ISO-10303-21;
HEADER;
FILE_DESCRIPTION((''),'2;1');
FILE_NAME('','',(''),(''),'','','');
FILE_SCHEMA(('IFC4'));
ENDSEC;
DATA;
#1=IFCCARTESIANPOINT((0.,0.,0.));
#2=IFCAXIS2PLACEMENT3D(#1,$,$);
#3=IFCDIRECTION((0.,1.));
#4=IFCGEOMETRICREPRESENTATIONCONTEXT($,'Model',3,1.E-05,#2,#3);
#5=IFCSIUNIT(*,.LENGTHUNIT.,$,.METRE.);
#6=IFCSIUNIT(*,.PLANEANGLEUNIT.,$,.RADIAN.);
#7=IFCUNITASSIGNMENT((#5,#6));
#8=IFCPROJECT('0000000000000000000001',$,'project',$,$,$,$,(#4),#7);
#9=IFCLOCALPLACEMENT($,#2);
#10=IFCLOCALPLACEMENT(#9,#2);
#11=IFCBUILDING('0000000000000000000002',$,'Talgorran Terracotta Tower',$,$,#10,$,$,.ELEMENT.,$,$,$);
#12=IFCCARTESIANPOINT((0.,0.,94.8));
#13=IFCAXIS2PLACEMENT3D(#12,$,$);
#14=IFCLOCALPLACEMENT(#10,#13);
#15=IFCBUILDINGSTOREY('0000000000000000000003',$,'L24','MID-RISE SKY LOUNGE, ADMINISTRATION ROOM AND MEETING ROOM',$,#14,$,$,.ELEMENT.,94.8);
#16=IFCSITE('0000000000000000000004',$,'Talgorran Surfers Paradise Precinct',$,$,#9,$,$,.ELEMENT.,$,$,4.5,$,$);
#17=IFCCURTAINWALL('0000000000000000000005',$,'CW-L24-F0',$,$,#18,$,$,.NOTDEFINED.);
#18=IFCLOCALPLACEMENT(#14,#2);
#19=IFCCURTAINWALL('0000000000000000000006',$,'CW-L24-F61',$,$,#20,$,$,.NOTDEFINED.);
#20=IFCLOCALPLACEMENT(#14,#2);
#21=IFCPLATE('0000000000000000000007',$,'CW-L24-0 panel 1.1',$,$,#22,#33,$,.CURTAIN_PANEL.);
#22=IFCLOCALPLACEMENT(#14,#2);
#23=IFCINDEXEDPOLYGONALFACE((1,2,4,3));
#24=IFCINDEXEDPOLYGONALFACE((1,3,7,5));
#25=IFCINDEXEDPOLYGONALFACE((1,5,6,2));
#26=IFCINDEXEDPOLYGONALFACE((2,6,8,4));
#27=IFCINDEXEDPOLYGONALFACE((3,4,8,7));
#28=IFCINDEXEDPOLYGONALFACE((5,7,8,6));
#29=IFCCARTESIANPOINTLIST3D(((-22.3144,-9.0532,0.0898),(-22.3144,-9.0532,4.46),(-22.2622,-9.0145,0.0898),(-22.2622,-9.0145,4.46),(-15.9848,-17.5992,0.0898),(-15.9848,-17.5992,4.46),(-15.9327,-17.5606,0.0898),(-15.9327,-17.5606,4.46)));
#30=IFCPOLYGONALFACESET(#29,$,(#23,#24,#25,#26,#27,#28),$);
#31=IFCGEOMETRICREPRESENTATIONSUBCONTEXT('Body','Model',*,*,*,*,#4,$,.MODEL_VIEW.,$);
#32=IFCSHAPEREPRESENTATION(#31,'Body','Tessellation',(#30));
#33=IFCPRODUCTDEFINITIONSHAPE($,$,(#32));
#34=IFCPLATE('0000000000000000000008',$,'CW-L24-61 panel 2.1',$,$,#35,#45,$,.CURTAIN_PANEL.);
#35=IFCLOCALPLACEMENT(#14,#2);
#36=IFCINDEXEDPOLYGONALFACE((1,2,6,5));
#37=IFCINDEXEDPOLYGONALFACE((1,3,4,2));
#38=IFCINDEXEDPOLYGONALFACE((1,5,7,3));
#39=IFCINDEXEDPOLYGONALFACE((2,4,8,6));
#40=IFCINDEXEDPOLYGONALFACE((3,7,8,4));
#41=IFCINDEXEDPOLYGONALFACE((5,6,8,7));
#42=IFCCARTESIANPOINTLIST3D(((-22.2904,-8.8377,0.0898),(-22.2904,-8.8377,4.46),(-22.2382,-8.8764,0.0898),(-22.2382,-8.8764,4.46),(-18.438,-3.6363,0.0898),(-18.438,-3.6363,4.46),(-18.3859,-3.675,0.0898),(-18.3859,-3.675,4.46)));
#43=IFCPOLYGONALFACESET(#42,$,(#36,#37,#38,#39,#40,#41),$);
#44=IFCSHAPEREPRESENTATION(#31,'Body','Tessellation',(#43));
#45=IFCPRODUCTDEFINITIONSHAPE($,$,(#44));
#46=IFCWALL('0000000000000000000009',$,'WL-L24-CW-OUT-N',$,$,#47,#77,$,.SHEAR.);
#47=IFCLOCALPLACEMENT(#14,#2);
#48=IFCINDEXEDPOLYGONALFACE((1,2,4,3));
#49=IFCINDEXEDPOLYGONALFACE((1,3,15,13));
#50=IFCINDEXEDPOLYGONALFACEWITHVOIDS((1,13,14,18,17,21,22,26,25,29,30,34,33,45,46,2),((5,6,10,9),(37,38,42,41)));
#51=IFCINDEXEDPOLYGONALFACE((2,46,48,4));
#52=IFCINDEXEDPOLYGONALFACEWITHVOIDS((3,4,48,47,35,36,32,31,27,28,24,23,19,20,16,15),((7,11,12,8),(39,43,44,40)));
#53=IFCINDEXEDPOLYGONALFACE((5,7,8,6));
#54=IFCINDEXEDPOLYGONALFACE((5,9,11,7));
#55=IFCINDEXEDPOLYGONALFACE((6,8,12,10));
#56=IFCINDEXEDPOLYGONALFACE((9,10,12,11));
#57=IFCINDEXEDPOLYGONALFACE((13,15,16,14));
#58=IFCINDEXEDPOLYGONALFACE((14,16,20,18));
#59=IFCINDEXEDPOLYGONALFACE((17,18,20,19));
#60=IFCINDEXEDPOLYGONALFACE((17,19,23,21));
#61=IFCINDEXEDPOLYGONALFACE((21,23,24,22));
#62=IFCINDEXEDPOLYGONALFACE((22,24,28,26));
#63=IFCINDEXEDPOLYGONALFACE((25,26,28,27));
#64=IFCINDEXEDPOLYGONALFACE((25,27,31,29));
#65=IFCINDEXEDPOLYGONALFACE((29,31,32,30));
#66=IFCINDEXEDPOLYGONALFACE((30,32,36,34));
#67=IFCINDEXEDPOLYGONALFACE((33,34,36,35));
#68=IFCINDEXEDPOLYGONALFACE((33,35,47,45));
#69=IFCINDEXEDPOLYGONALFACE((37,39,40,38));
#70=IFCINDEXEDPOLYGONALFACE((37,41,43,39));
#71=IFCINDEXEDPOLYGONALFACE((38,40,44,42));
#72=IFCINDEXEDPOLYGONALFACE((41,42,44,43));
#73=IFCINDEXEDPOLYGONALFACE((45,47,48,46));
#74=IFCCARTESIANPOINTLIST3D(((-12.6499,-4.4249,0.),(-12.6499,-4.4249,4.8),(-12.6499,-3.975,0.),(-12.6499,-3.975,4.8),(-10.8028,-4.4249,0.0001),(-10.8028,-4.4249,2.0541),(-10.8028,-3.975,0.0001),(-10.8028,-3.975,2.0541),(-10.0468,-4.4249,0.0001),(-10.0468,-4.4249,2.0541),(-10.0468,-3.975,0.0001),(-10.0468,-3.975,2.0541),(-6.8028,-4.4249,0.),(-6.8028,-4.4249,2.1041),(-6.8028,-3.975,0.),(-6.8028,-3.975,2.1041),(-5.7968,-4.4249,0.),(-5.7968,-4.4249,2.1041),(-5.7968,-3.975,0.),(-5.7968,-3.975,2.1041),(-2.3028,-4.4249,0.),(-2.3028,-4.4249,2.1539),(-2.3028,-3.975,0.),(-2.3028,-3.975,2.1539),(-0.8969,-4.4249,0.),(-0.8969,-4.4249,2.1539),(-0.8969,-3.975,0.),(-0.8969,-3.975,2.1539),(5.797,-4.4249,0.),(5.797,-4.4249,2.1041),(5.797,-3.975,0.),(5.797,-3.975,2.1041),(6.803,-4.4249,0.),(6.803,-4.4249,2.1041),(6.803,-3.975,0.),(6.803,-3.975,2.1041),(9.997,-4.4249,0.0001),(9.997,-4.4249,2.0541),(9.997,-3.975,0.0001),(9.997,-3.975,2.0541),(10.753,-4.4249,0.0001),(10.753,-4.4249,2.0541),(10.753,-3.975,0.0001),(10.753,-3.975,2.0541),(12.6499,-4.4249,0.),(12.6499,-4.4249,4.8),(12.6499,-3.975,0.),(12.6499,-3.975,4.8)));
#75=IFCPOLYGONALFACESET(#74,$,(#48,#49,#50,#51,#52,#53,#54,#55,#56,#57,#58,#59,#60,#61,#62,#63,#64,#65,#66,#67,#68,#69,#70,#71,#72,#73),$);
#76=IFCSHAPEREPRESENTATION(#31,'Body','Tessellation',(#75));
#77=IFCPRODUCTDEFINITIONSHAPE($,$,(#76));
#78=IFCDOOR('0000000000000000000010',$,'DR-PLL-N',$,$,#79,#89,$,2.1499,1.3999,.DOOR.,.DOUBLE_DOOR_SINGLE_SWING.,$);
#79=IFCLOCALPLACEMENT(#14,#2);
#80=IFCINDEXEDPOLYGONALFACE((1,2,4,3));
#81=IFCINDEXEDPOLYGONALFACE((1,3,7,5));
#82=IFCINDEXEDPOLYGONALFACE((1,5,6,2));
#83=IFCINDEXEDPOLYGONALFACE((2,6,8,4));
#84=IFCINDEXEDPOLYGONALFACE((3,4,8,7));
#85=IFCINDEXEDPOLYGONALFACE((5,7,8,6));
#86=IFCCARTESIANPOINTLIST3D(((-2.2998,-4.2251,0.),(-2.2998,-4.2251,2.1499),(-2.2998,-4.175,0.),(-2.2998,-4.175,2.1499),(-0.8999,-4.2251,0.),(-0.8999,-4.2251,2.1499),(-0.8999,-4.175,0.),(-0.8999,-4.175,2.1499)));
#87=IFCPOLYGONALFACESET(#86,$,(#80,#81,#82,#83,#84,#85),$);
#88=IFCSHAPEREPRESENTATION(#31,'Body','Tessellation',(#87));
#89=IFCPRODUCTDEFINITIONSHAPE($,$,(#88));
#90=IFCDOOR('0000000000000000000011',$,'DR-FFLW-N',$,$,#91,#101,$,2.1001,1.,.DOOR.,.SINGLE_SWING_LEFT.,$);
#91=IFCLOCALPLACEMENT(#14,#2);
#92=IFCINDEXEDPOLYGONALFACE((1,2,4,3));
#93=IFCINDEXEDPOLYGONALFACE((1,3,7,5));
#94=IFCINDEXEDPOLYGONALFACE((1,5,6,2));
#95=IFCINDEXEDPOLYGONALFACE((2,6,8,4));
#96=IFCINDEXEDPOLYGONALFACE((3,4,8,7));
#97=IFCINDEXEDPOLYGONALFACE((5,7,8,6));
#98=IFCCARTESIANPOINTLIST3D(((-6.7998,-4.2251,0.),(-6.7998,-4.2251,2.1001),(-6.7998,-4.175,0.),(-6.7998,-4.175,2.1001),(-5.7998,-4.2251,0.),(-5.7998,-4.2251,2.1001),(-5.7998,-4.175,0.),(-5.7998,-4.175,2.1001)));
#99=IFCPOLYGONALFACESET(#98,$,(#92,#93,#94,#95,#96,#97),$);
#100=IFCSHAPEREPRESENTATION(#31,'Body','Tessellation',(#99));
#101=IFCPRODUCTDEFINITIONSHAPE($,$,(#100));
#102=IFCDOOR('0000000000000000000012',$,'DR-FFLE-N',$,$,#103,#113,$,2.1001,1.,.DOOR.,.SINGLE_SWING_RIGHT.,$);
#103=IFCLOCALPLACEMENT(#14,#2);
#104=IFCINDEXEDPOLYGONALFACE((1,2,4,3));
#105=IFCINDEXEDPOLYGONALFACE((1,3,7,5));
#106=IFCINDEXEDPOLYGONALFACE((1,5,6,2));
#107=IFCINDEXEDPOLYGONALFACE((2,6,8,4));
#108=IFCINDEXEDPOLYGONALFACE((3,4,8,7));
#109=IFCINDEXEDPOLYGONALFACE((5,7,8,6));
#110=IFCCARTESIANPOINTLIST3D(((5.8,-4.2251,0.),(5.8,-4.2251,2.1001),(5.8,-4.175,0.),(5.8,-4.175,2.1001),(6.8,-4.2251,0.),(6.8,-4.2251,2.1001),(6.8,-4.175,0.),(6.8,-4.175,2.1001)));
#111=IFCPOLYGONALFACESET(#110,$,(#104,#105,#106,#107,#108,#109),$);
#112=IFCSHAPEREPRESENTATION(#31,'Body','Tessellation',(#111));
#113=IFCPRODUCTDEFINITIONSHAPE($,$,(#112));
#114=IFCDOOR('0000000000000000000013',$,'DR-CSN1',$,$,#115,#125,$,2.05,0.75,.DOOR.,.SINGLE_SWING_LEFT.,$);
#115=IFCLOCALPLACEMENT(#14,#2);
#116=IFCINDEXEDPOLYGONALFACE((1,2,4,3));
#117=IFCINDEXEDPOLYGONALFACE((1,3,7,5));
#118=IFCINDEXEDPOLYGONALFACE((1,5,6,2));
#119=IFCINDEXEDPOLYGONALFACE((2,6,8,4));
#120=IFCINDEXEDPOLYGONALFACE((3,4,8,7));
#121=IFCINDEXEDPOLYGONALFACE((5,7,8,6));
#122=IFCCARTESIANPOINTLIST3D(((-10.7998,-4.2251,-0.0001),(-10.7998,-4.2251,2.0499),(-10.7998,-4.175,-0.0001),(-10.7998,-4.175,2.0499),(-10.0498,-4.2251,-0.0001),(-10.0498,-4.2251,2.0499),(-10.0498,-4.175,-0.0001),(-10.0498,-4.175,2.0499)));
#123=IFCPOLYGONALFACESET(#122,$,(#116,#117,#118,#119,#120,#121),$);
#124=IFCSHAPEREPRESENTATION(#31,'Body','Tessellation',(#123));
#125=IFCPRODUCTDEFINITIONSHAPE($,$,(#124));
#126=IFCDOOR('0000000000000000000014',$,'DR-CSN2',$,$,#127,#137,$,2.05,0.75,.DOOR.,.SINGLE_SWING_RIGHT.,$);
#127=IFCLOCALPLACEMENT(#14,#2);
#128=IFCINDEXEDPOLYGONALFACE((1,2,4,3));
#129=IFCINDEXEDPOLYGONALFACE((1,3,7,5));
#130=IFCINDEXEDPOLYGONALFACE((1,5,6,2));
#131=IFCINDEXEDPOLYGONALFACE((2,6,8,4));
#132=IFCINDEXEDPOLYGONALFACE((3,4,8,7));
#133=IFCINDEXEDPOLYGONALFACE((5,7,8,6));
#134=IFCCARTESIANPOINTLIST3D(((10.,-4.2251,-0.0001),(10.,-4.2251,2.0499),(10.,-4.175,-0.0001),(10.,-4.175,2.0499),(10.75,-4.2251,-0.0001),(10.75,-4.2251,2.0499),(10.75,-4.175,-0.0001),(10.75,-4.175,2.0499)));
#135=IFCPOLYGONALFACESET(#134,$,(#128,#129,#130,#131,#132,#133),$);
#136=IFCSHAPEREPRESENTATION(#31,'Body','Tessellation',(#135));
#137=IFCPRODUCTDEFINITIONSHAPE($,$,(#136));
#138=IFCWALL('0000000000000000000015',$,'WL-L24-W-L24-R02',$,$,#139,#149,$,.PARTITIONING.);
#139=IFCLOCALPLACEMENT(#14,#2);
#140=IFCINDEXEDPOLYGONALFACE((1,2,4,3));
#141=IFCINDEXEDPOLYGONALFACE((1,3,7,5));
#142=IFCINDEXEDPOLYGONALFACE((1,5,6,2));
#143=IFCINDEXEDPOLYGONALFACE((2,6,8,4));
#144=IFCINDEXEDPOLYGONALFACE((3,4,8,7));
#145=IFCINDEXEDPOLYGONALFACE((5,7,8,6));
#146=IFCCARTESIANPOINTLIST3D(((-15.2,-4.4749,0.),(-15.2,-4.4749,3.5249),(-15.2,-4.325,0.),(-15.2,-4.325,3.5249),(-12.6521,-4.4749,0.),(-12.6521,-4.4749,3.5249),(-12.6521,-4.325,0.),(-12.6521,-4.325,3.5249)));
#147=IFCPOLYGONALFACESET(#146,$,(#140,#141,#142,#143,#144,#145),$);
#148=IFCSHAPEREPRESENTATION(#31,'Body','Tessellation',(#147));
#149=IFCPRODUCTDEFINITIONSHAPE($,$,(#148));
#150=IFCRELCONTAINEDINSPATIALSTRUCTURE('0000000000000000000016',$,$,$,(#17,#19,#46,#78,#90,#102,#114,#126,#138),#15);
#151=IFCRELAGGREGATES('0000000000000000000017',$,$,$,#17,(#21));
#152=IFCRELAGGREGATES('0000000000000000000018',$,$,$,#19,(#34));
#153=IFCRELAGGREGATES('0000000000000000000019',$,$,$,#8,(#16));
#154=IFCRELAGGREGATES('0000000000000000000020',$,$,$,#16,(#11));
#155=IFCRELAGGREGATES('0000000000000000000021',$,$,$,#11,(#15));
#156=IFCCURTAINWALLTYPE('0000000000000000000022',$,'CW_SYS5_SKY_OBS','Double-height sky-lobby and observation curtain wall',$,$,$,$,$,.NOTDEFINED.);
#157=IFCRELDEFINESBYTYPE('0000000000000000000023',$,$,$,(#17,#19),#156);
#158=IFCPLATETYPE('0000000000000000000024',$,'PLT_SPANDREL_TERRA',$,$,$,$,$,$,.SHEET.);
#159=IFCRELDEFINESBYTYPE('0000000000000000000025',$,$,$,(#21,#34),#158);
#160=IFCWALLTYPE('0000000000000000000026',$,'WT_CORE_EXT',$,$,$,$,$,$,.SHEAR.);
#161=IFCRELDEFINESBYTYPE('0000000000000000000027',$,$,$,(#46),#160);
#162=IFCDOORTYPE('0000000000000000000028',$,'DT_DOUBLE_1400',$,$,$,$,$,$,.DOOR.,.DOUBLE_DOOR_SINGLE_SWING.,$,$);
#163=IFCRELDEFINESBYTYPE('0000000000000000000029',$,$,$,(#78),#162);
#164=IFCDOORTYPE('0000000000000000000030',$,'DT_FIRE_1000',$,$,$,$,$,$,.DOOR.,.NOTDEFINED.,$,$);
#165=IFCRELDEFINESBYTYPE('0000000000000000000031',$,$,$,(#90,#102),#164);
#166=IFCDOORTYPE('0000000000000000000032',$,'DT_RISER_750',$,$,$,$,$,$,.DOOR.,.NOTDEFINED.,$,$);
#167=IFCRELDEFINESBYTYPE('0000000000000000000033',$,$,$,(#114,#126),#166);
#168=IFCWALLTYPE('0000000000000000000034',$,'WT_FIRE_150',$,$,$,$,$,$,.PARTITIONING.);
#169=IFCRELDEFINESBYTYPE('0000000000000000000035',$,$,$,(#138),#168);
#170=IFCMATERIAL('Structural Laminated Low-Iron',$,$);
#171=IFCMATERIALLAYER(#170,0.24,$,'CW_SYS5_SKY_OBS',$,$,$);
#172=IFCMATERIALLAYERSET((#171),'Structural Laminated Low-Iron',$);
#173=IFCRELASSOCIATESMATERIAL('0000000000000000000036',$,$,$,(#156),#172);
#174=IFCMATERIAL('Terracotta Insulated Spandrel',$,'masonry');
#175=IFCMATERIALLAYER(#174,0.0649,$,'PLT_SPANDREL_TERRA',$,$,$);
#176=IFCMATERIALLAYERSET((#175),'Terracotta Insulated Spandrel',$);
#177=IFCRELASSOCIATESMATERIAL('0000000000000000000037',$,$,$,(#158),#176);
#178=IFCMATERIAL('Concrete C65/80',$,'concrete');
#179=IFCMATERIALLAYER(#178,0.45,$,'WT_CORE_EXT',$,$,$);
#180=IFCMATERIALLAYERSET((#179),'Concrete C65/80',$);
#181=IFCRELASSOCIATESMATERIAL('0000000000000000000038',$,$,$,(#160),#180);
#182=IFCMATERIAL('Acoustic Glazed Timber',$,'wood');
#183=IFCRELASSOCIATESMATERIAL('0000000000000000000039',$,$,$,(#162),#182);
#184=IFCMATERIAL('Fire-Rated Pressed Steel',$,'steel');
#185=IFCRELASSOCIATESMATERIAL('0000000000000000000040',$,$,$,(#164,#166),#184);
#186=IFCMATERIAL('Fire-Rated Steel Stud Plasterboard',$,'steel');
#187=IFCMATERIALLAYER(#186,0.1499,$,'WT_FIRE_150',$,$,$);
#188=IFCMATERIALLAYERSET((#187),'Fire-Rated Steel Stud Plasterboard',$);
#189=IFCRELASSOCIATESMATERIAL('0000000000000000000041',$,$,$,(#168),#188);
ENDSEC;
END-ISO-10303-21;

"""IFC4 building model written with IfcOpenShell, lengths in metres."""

from ifc_helpers import new_model, si_unit, direction, frame, frame_2d, origin, origin_2d, place, context, subcontext, project, spatial, rectangle, extrude, source, transform, mapped, material, layer, layer_set, type_object, type_shapes, element, fill, aggregate, save


model = new_model("IFC4")

# Units and contexts
model_context = context("Model", 3, precision=1e-05, world=origin(), true_north=direction((0.0, 1.0)))
body_context = subcontext(model_context, "Body", "Model", "MODEL_VIEW")
ifc_project = project(units=[si_unit("LENGTHUNIT", "METRE"), si_unit("PLANEANGLEUNIT", "RADIAN")], contexts=[model_context])

# Site, building, storey
site_placement = place(None, origin())
site = spatial("IfcSite", under=ifc_project, at=site_placement, Name="Talgorran Surfers Paradise Precinct", CompositionType="ELEMENT", RefElevation=4.5)
building_placement = place(site_placement, origin())
building = spatial("IfcBuilding", under=site, at=building_placement, Name="Talgorran Terracotta Tower", CompositionType="ELEMENT")
storey_placement = place(building_placement, frame((0.0, 0.0, 94.8)))
storey = spatial("IfcBuildingStorey", under=building, at=storey_placement, Name="L24", Description="MID-RISE SKY LOUNGE, ADMINISTRATION ROOM AND MEETING ROOM", CompositionType="ELEMENT", Elevation=94.8)

# Curtain walls
ifc_material_1 = material(Name="Structural Laminated Low-Iron")
ifc_layer_1 = layer(ifc_material_1, 0.24, Name="CW_SYS5_SKY_OBS")
ifc_layer_set_1 = layer_set([ifc_layer_1], Name="Structural Laminated Low-Iron")
curtain_wall_type = type_object("IfcCurtainWallType", Name="CW_SYS5_SKY_OBS", Description="Double-height sky-lobby and observation curtain wall", PredefinedType="NOTDEFINED", material=ifc_layer_set_1)
curtain_wall_1_placement = place(storey_placement, origin())
curtain_wall_1 = element("IfcCurtainWall", 1, at=curtain_wall_1_placement, inside=storey, type_object=curtain_wall_type, Name="CW-L24-F0", PredefinedType="NOTDEFINED")
curtain_wall_2_placement = place(storey_placement, origin())
curtain_wall_2 = element("IfcCurtainWall", 2, at=curtain_wall_2_placement, inside=storey, type_object=curtain_wall_type, Name="CW-L24-F61", PredefinedType="NOTDEFINED")

# Plates
ifc_material_2 = material(Name="Terracotta Insulated Spandrel", Category="masonry")
ifc_layer_2 = layer(ifc_material_2, 0.0649, Name="PLT_SPANDREL_TERRA")
ifc_layer_set_2 = layer_set([ifc_layer_2], Name="Terracotta Insulated Spandrel")
plate_type_1 = type_object("IfcPlateType", Name="PLT_SPANDREL_TERRA", PredefinedType="SHEET", material=ifc_layer_set_2)
shared_shape_1 = source(origin(), body_context, "Body", "SweptSolid", [
    extrude(rectangle(XDim=10.6348, YDim=0.0649, at=origin_2d()), origin(), (0.0, 0.0, 1.0), 4.3701),
])
plate_1_placement = place(storey_placement, frame((-19.1235, -13.3069, 0.0898), z_axis=(0.0, 0.0, 1.0), x_axis=(0.595176, -0.803595, 0.0)))
plate_1 = element("IfcPlate", 3, at=plate_1_placement, type_object=plate_type_1, Name="CW-L24-0 panel 1.1", PredefinedType="CURTAIN_PANEL", context=body_context, shape_type="MappedRepresentation", body=[
    mapped(shared_shape_1, transform((0.0, 0.0, 0.0), scale=1.0)),
])
aggregate(curtain_wall_1, [plate_1])
shared_shape_2 = source(origin(), body_context, "Body", "SweptSolid", [
    extrude(rectangle(XDim=6.4727, YDim=0.0649, at=origin_2d()), origin(), (0.0, 0.0, 1.0), 4.3701),
])
type_shapes(plate_type_1, [shared_shape_1, shared_shape_2])
plate_2_placement = place(storey_placement, frame((-20.3381, -6.2563, 0.0898), z_axis=(0.0, 0.0, 1.0), x_axis=(-0.595178, -0.803594, 0.0)))
plate_2 = element("IfcPlate", 4, at=plate_2_placement, type_object=plate_type_1, Name="CW-L24-61 panel 2.1", PredefinedType="CURTAIN_PANEL", context=body_context, shape_type="MappedRepresentation", body=[
    mapped(shared_shape_2, transform((0.0, 0.0, 0.0), scale=1.0)),
])
aggregate(curtain_wall_2, [plate_2])

# Wall, openings, doors
ifc_material_3 = material(Name="Concrete C65/80", Category="concrete")
ifc_layer_3 = layer(ifc_material_3, 0.45, Name="WT_CORE_EXT")
ifc_layer_set_3 = layer_set([ifc_layer_3], Name="Concrete C65/80")
wall_type_1 = type_object("IfcWallType", Name="WT_CORE_EXT", PredefinedType="SHEAR", material=ifc_layer_set_3)
wall_1_placement = place(storey_placement, frame((-12.6499, -4.2, 0.0), z_axis=(0.0, 0.0, 1.0), x_axis=(1.0, 0.0, 0.0)))
wall_1 = element("IfcWall", 5, at=wall_1_placement, inside=storey, type_object=wall_type_1, Name="WL-L24-CW-OUT-N", PredefinedType="SHEAR", context=body_context, shape_type="SweptSolid", body=[
    extrude(rectangle(XDim=25.2998, YDim=0.45, at=frame_2d((12.6499, 0.0))), origin(), (0.0, 0.0, 1.0), 4.8),
])
opening_1_placement = place(wall_1_placement, frame((1.8501, 0.0, 0.0)))
opening_1 = element("IfcOpeningElement", 6, at=opening_1_placement, cuts=wall_1, PredefinedType="OPENING", context=body_context, shape_type="SweptSolid", body=[
    extrude(rectangle(XDim=0.756, YDim=2.054, at=frame_2d((0.375, 1.0271))), frame((0.0, 0.2349, 0.0), z_axis=(0.0, -1.0, 0.0), x_axis=(1.0, 0.0, 0.0)), (0.0, 0.0, 1.0), 0.47),
])
opening_2_placement = place(wall_1_placement, frame((22.6499, 0.0, 0.0)))
opening_2 = element("IfcOpeningElement", 7, at=opening_2_placement, cuts=wall_1, PredefinedType="OPENING", context=body_context, shape_type="SweptSolid", body=[
    extrude(rectangle(XDim=0.756, YDim=2.054, at=frame_2d((0.375, 1.0271))), frame((0.0, 0.2349, 0.0), z_axis=(0.0, -1.0, 0.0), x_axis=(1.0, 0.0, 0.0)), (0.0, 0.0, 1.0), 0.47),
])
opening_3_placement = place(wall_1_placement, frame((5.8501, 0.0, 0.0)))
opening_3 = element("IfcOpeningElement", 8, at=opening_3_placement, cuts=wall_1, PredefinedType="OPENING", context=body_context, shape_type="SweptSolid", body=[
    extrude(rectangle(XDim=1.006, YDim=2.1041, at=frame_2d((0.5, 1.052))), frame((0.0, 0.2349, 0.0), z_axis=(0.0, -1.0, 0.0), x_axis=(1.0, 0.0, 0.0)), (0.0, 0.0, 1.0), 0.47),
])
opening_4_placement = place(wall_1_placement, frame((10.3501, 0.0, 0.0)))
opening_4 = element("IfcOpeningElement", 9, at=opening_4_placement, cuts=wall_1, PredefinedType="OPENING", context=body_context, shape_type="SweptSolid", body=[
    extrude(rectangle(XDim=1.4059, YDim=2.1539, at=frame_2d((0.7, 1.0769))), frame((0.0, 0.2349, 0.0), z_axis=(0.0, -1.0, 0.0), x_axis=(1.0, 0.0, 0.0)), (0.0, 0.0, 1.0), 0.47),
])
opening_5_placement = place(wall_1_placement, frame((18.45, 0.0, 0.0)))
opening_5 = element("IfcOpeningElement", 10, at=opening_5_placement, cuts=wall_1, PredefinedType="OPENING", context=body_context, shape_type="SweptSolid", body=[
    extrude(rectangle(XDim=1.006, YDim=2.1041, at=frame_2d((0.5, 1.052))), frame((0.0, 0.2349, 0.0), z_axis=(0.0, -1.0, 0.0), x_axis=(1.0, 0.0, 0.0)), (0.0, 0.0, 1.0), 0.47),
])
ifc_material_4 = material(Name="Acoustic Glazed Timber", Category="wood")
door_type_1 = type_object("IfcDoorType", Name="DT_DOUBLE_1400", OperationType="DOUBLE_DOOR_SINGLE_SWING", PredefinedType="DOOR", material=ifc_material_4)
door_1_placement = place(opening_4_placement, origin())
door_1 = element("IfcDoor", 11, at=door_1_placement, inside=storey, type_object=door_type_1, Name="DR-PLL-N", OperationType="DOUBLE_DOOR_SINGLE_SWING", OverallHeight=2.1499, OverallWidth=1.3999, PredefinedType="DOOR", context=body_context, shape_type="SweptSolid", body=[
    extrude(rectangle(XDim=1.3999, YDim=2.1499, at=frame_2d((0.7, 1.075))), frame((0.0, 0.0249, 0.0), z_axis=(0.0, -1.0, 0.0), x_axis=(1.0, 0.0, 0.0)), (0.0, 0.0, 1.0), 0.05),
])
fill(opening_4, door_1)
ifc_material_5 = material(Name="Fire-Rated Pressed Steel", Category="steel")
door_type_2 = type_object("IfcDoorType", Name="DT_FIRE_1000", OperationType="NOTDEFINED", PredefinedType="DOOR", material=ifc_material_5)
door_2_placement = place(opening_3_placement, origin())
door_2 = element("IfcDoor", 12, at=door_2_placement, inside=storey, type_object=door_type_2, Name="DR-FFLW-N", OperationType="SINGLE_SWING_LEFT", OverallHeight=2.1001, OverallWidth=1.0, PredefinedType="DOOR", context=body_context, shape_type="SweptSolid", body=[
    extrude(rectangle(XDim=1.0, YDim=2.1001, at=frame_2d((0.5, 1.05))), frame((0.0, 0.0249, 0.0), z_axis=(0.0, -1.0, 0.0), x_axis=(1.0, 0.0, 0.0)), (0.0, 0.0, 1.0), 0.05),
])
fill(opening_3, door_2)
door_3_placement = place(opening_5_placement, origin())
door_3 = element("IfcDoor", 13, at=door_3_placement, inside=storey, type_object=door_type_2, Name="DR-FFLE-N", OperationType="SINGLE_SWING_RIGHT", OverallHeight=2.1001, OverallWidth=1.0, PredefinedType="DOOR", context=body_context, shape_type="SweptSolid", body=[
    extrude(rectangle(XDim=1.0, YDim=2.1001, at=frame_2d((0.5, 1.05))), frame((0.0, 0.0249, 0.0), z_axis=(0.0, -1.0, 0.0), x_axis=(1.0, 0.0, 0.0)), (0.0, 0.0, 1.0), 0.05),
])
fill(opening_5, door_3)
door_type_3 = type_object("IfcDoorType", Name="DT_RISER_750", OperationType="NOTDEFINED", PredefinedType="DOOR", material=ifc_material_5)
door_4_placement = place(opening_1_placement, origin())
door_4 = element("IfcDoor", 14, at=door_4_placement, inside=storey, type_object=door_type_3, Name="DR-CSN1", OperationType="SINGLE_SWING_LEFT", OverallHeight=2.05, OverallWidth=0.75, PredefinedType="DOOR", context=body_context, shape_type="SweptSolid", body=[
    extrude(rectangle(XDim=0.75, YDim=2.05, at=frame_2d((0.375, 1.0249))), frame((0.0, 0.0249, 0.0), z_axis=(0.0, -1.0, 0.0), x_axis=(1.0, 0.0, 0.0)), (0.0, 0.0, 1.0), 0.05),
])
fill(opening_1, door_4)
door_5_placement = place(opening_2_placement, origin())
door_5 = element("IfcDoor", 15, at=door_5_placement, inside=storey, type_object=door_type_3, Name="DR-CSN2", OperationType="SINGLE_SWING_RIGHT", OverallHeight=2.05, OverallWidth=0.75, PredefinedType="DOOR", context=body_context, shape_type="SweptSolid", body=[
    extrude(rectangle(XDim=0.75, YDim=2.05, at=frame_2d((0.375, 1.0249))), frame((0.0, 0.0249, 0.0), z_axis=(0.0, -1.0, 0.0), x_axis=(1.0, 0.0, 0.0)), (0.0, 0.0, 1.0), 0.05),
])
fill(opening_2, door_5)

# Wall
ifc_material_6 = material(Name="Fire-Rated Steel Stud Plasterboard", Category="steel")
ifc_layer_4 = layer(ifc_material_6, 0.1499, Name="WT_FIRE_150")
ifc_layer_set_4 = layer_set([ifc_layer_4], Name="Fire-Rated Steel Stud Plasterboard")
wall_type_2 = type_object("IfcWallType", Name="WT_FIRE_150", PredefinedType="PARTITIONING", material=ifc_layer_set_4)
wall_2_placement = place(storey_placement, frame((-15.2, -4.3999, 0.0), z_axis=(0.0, 0.0, 1.0), x_axis=(1.0, 0.0, 0.0)))
element("IfcWall", 16, at=wall_2_placement, inside=storey, type_object=wall_type_2, Name="WL-L24-W-L24-R02", PredefinedType="PARTITIONING", context=body_context, shape_type="SweptSolid", body=[
    extrude(rectangle(XDim=2.5479, YDim=0.1499, at=frame_2d((1.2739, 0.0))), origin(), (0.0, 0.0, 1.0), 3.5249),
])

save(model, "model.ifc")
